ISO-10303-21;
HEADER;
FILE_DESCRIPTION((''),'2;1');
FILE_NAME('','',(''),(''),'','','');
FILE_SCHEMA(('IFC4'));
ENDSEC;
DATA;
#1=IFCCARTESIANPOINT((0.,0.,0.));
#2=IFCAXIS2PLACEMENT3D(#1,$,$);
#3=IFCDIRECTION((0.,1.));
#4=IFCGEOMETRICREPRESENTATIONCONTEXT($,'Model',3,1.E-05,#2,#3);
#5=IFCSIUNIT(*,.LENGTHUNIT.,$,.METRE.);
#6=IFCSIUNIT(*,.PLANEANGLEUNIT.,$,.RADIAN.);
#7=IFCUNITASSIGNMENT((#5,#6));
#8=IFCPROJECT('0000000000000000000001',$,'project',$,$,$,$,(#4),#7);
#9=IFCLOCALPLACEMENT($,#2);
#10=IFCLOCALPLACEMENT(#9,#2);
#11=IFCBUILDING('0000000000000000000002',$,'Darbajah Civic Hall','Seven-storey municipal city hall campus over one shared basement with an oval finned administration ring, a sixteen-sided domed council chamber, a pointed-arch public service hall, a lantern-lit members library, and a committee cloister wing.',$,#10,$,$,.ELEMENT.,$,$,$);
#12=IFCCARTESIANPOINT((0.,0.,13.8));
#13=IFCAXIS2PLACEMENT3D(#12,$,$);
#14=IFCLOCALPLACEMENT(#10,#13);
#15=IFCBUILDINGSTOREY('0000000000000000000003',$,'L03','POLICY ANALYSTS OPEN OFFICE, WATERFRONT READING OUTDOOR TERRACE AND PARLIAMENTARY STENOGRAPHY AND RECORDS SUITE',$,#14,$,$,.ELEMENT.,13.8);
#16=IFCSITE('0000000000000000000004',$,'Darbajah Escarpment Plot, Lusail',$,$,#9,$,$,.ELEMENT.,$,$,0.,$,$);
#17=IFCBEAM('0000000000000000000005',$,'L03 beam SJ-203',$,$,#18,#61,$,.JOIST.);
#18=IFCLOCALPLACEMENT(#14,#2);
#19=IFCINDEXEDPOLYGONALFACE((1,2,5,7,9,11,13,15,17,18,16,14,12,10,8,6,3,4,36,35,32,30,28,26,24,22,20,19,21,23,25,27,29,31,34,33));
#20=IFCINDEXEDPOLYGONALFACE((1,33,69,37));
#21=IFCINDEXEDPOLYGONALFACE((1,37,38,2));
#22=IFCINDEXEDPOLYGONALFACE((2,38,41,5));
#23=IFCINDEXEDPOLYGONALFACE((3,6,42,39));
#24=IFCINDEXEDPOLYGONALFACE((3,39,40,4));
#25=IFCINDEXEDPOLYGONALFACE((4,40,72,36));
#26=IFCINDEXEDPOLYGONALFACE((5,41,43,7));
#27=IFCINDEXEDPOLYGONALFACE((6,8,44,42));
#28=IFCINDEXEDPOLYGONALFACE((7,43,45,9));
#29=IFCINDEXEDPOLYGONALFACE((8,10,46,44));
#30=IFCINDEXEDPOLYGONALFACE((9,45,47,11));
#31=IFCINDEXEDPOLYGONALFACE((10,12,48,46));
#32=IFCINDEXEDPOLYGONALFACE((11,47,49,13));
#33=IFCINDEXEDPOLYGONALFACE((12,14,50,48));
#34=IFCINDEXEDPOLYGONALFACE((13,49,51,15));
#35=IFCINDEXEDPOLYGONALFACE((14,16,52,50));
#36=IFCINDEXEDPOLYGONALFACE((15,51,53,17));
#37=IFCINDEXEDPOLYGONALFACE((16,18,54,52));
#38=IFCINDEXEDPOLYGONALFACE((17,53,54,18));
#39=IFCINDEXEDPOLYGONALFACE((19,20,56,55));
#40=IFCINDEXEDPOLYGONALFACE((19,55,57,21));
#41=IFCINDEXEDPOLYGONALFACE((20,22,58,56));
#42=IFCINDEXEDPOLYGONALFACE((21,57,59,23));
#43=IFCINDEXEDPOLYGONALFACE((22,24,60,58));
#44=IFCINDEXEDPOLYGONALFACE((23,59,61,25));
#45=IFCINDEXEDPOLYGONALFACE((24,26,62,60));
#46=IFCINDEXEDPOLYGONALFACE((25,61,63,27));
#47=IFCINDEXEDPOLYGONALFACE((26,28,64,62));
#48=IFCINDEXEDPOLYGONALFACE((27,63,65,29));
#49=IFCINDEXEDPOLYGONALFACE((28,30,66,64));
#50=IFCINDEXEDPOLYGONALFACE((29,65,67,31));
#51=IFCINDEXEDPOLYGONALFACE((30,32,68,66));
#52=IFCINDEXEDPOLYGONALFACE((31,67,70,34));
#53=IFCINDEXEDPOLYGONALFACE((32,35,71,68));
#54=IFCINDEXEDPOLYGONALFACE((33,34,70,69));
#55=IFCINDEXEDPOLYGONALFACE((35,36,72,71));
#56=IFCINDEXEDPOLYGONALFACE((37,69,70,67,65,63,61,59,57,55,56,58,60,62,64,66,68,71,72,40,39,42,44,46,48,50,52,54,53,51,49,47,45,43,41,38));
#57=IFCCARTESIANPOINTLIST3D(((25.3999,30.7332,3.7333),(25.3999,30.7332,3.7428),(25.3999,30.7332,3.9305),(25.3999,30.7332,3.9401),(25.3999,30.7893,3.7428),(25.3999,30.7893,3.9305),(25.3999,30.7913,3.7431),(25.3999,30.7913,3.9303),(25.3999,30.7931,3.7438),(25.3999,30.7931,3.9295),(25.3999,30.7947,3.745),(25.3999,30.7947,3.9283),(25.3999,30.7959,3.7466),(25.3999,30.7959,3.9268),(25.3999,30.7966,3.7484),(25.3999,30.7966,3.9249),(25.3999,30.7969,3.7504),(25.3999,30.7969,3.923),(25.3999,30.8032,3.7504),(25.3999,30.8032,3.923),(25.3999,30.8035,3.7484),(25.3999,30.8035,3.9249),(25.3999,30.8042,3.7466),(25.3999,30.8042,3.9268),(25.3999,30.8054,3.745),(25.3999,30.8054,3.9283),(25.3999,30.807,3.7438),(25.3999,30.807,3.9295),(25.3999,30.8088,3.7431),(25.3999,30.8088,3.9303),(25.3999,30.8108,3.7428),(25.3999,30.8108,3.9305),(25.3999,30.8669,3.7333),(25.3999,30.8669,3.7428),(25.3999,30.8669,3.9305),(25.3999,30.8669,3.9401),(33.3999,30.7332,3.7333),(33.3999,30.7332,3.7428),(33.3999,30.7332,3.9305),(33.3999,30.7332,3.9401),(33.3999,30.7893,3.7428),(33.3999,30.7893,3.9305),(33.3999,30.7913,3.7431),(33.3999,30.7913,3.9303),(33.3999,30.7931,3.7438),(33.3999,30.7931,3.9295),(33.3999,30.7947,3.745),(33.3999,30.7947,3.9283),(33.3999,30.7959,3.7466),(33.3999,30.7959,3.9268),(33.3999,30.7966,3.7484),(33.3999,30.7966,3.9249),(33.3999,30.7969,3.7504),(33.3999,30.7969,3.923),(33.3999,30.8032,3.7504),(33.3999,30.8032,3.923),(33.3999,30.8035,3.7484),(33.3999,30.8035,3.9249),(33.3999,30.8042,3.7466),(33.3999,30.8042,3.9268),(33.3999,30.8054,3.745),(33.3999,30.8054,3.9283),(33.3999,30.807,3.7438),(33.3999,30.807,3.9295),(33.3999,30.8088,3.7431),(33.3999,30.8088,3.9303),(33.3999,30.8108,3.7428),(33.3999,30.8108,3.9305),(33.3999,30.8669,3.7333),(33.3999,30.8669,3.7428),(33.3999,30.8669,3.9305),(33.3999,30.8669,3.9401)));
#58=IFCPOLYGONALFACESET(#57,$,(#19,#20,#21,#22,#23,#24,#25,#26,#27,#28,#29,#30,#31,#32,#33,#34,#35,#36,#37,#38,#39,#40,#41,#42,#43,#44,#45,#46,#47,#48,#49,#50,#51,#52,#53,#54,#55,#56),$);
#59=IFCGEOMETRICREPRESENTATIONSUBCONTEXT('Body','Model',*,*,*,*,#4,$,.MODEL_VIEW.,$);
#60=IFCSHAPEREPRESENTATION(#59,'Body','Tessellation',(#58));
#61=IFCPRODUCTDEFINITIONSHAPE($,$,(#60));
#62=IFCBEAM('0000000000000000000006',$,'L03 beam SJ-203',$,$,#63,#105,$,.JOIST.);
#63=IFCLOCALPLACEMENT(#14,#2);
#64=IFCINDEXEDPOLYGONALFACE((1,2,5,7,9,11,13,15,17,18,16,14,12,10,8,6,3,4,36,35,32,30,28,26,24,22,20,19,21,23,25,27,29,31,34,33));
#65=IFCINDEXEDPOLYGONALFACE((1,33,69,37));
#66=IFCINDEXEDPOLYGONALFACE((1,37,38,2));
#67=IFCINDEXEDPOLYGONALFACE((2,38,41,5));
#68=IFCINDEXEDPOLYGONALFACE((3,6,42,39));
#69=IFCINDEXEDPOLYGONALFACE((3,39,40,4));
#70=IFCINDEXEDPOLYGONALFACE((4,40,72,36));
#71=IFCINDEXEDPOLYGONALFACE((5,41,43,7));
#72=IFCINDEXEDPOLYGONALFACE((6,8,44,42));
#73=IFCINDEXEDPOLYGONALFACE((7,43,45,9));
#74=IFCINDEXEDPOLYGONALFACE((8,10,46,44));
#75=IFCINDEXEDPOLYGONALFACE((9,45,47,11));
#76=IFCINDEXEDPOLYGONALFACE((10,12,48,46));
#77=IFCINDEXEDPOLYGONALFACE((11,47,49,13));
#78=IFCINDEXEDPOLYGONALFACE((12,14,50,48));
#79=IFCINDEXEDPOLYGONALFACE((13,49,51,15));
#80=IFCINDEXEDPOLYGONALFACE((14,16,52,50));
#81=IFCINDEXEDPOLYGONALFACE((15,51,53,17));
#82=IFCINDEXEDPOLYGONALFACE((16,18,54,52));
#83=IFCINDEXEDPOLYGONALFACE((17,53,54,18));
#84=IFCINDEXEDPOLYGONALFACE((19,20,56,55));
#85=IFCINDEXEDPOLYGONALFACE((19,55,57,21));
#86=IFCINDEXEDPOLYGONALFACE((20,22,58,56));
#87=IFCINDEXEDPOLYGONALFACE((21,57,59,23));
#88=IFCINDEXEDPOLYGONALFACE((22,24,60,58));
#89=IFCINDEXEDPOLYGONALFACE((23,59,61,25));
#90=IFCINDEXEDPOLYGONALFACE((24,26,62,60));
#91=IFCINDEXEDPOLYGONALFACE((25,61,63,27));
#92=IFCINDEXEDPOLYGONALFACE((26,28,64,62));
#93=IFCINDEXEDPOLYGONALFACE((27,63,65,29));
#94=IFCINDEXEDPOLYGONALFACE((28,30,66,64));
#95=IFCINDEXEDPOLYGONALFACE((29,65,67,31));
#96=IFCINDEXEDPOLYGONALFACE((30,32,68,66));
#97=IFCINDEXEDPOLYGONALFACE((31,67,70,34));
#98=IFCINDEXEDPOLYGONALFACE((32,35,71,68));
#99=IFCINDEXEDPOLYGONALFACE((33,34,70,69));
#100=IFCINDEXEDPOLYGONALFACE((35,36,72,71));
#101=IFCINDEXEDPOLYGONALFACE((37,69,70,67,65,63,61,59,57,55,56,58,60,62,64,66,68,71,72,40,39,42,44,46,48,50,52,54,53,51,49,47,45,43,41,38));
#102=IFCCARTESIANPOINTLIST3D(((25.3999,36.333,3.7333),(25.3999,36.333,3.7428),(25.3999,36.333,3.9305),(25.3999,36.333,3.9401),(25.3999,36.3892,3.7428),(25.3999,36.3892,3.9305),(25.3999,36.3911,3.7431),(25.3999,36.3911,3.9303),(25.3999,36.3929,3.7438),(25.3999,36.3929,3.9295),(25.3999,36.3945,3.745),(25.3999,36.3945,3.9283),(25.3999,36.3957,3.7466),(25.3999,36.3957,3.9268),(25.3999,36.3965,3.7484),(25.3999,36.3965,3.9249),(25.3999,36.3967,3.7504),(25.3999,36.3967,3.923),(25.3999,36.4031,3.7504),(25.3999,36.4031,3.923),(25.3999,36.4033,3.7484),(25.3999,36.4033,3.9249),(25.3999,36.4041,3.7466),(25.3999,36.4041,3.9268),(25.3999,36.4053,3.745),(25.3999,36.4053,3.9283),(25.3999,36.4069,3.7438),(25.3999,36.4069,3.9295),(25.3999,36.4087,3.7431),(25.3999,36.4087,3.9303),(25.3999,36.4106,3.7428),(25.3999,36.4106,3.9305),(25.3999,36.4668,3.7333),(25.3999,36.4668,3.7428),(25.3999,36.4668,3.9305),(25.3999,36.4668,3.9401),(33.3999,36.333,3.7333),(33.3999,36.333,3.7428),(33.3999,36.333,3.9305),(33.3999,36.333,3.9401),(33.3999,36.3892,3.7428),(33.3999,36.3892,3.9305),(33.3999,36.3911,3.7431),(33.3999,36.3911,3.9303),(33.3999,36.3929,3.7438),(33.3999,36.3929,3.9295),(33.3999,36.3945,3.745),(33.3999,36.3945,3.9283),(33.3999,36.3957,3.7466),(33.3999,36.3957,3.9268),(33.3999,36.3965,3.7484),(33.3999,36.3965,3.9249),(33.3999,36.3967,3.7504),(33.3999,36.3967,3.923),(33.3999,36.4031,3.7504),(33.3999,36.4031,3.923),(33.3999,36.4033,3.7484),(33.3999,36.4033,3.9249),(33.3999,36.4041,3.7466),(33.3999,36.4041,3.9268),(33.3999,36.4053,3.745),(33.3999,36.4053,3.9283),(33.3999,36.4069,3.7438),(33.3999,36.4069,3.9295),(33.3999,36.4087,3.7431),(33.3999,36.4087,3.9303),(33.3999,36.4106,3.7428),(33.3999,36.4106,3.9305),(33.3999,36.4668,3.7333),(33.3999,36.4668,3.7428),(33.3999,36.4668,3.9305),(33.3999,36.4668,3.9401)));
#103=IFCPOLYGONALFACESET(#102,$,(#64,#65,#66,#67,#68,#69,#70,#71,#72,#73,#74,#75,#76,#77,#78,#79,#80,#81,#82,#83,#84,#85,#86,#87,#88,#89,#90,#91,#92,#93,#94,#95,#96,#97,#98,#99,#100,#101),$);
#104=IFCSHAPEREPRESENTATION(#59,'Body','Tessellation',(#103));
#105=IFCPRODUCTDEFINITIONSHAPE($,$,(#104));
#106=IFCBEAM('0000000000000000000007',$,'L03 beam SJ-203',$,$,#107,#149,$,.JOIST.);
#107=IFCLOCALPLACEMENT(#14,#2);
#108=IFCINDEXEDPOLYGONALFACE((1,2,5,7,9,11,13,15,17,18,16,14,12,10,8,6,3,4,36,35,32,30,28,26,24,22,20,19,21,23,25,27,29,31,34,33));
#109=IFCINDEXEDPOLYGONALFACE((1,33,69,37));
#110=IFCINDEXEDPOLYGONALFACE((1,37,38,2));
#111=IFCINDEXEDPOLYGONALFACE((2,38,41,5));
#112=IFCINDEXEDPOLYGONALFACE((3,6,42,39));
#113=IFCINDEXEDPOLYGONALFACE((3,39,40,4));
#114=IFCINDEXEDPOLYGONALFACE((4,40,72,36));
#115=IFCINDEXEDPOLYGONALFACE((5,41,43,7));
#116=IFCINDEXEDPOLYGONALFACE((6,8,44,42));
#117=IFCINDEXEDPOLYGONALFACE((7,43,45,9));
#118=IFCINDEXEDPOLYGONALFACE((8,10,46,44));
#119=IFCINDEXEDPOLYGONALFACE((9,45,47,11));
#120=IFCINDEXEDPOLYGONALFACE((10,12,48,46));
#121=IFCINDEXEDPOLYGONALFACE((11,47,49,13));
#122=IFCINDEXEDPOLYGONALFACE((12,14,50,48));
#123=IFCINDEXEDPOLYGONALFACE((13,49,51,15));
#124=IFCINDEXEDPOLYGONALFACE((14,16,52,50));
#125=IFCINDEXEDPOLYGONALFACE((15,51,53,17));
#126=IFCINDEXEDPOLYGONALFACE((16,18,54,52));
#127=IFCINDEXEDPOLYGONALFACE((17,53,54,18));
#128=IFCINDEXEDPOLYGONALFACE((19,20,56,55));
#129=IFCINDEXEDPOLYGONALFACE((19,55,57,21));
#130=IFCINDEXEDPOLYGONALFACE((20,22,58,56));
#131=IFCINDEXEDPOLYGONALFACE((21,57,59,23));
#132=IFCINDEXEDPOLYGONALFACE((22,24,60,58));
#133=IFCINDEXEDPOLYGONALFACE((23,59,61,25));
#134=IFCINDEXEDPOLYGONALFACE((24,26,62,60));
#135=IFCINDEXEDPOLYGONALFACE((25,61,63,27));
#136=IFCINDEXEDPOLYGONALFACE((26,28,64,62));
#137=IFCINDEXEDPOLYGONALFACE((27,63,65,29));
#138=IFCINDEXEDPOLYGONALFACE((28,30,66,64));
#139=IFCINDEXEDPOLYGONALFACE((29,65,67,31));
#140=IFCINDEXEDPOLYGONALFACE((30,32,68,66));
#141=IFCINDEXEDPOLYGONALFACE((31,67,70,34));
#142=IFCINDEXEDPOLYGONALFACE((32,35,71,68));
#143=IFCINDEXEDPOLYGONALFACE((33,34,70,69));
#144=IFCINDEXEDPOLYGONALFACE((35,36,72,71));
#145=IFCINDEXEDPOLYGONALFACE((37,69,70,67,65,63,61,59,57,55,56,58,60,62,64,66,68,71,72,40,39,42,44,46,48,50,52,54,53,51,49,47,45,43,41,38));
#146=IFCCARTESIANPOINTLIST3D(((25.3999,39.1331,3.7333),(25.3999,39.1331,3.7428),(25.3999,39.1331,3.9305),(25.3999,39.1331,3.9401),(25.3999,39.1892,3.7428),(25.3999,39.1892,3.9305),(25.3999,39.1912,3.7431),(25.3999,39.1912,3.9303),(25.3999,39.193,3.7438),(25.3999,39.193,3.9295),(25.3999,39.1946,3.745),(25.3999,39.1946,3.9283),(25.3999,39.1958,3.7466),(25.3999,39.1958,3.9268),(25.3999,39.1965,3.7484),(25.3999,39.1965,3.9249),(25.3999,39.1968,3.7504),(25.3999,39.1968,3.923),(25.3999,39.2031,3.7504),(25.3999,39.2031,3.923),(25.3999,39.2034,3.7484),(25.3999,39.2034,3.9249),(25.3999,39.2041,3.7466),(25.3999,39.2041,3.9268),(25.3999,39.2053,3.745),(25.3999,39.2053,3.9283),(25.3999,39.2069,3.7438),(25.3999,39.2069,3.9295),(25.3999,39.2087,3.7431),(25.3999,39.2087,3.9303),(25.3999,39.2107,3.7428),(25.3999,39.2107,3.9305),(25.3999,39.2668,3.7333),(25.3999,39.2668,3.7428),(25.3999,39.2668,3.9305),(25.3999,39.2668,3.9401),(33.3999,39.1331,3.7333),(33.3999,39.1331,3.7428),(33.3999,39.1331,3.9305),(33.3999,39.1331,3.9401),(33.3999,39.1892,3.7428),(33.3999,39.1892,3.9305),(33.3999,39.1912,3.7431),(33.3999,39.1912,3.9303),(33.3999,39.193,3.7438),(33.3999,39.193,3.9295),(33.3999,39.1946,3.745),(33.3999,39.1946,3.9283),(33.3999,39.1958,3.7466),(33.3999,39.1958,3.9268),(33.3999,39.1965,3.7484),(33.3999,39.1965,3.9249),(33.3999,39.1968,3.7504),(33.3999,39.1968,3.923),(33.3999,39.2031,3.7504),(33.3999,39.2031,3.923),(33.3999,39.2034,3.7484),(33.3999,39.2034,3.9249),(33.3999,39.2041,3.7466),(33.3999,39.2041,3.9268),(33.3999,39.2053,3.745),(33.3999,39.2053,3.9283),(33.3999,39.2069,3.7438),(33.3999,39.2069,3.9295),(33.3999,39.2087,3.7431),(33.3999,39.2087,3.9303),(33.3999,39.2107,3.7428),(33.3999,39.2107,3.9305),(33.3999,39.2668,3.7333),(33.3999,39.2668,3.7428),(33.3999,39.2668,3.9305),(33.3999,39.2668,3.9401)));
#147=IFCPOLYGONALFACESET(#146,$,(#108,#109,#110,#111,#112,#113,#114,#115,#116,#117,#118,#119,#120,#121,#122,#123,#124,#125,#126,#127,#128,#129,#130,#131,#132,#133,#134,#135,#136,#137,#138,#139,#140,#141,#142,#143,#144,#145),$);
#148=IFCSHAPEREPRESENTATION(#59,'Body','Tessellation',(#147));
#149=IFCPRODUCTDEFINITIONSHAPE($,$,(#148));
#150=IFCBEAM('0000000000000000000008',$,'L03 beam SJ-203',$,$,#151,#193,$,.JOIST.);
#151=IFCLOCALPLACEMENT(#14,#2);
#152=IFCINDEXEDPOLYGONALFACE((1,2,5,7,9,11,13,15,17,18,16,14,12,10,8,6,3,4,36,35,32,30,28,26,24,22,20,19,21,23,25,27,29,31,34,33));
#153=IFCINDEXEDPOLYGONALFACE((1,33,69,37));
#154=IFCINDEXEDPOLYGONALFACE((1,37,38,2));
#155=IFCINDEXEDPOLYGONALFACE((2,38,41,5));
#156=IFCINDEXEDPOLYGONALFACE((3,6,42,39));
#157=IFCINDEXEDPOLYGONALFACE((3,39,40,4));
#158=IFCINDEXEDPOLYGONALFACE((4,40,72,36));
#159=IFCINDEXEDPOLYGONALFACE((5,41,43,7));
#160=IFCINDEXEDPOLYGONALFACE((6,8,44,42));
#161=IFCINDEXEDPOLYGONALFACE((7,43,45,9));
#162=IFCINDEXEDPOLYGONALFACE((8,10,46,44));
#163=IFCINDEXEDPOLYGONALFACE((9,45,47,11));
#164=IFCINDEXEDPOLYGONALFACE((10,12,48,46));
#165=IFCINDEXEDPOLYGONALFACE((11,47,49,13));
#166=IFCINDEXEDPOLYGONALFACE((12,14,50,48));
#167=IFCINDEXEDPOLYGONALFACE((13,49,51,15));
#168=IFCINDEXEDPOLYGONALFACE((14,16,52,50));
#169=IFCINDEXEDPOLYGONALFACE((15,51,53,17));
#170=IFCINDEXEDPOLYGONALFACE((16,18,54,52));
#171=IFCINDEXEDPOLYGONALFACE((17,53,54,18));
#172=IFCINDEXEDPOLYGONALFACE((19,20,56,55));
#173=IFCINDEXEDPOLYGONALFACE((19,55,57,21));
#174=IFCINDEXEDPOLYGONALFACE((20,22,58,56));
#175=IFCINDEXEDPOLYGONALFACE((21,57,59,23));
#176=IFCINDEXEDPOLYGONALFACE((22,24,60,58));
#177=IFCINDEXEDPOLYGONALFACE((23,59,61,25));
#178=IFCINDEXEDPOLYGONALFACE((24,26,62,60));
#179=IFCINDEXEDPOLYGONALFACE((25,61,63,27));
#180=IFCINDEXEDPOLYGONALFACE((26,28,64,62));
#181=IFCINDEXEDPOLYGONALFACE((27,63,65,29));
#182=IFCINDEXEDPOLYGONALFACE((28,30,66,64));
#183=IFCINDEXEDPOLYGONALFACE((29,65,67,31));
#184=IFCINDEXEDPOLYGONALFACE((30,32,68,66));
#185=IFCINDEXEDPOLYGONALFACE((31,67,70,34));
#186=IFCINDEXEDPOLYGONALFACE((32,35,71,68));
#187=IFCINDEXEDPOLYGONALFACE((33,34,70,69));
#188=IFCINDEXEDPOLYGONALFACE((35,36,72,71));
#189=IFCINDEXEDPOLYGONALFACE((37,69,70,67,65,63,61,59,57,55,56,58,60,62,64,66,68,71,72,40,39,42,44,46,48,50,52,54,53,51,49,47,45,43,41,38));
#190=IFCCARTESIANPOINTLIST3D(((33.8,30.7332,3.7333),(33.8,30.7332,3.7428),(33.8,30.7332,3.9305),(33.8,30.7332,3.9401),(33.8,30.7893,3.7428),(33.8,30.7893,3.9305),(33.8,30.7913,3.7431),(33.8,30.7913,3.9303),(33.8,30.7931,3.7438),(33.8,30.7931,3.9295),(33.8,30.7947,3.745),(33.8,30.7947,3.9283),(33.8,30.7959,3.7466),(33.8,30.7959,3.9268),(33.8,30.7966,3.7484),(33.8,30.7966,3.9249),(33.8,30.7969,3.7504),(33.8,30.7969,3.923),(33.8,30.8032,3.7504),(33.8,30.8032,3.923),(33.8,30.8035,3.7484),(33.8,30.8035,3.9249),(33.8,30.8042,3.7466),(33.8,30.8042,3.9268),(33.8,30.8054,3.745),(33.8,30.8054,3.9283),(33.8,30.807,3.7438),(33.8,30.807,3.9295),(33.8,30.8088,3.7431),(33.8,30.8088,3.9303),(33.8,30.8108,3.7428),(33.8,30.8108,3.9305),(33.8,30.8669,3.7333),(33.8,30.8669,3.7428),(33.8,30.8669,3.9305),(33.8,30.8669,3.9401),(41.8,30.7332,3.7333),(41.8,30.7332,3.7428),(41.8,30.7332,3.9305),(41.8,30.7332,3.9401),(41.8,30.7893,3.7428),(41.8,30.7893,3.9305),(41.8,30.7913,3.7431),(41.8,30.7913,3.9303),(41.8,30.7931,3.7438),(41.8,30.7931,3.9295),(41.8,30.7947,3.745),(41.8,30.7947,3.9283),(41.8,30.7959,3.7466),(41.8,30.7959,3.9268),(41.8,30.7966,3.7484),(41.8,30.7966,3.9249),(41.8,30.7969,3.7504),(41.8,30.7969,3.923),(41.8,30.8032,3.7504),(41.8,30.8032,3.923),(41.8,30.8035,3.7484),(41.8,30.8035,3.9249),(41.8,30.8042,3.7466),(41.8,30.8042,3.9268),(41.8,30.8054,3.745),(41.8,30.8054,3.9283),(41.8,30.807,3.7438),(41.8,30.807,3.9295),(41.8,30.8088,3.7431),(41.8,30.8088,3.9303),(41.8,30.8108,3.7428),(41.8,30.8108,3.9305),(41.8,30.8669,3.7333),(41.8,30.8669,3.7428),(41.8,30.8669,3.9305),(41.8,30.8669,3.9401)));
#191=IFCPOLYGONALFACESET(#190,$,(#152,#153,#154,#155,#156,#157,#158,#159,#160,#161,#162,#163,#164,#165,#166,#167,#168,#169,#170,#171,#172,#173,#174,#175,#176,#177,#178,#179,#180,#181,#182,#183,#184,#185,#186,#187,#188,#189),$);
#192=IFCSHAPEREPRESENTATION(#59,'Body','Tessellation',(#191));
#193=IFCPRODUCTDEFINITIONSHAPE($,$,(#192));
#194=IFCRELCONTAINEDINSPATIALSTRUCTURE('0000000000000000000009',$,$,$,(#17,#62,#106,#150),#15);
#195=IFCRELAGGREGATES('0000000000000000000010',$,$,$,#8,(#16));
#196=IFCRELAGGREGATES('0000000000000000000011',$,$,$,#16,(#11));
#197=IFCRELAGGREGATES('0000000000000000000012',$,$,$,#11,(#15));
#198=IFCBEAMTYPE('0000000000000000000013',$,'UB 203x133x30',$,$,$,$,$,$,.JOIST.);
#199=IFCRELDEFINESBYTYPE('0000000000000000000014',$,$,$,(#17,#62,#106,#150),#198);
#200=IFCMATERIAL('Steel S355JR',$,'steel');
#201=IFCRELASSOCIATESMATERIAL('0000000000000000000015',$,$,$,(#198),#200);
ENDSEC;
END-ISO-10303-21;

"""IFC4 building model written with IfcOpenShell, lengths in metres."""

from ifc_helpers import new_model, si_unit, direction, frame, origin, origin_2d, place, context, subcontext, project, spatial, i_section, extrude, material, material_profile, profile_set, type_object, element, save


model = new_model("IFC4")

# Units and contexts
model_context = context("Model", 3, precision=1e-05, world=origin(), true_north=direction((0.0, 1.0)))
body_context = subcontext(model_context, "Body", "Model", "MODEL_VIEW")
ifc_project = project(units=[si_unit("LENGTHUNIT", "METRE"), si_unit("PLANEANGLEUNIT", "RADIAN")], contexts=[model_context])

# Site, building, storey
site_placement = place(None, origin())
site = spatial("IfcSite", under=ifc_project, at=site_placement, Name="Darbajah Escarpment Plot, Lusail", CompositionType="ELEMENT", RefElevation=0.0)
building_placement = place(site_placement, origin())
building = spatial("IfcBuilding", under=site, at=building_placement, Name="Darbajah Civic Hall", Description="Seven-storey municipal city hall campus over one shared basement with an oval finned administration ring, a sixteen-sided domed council chamber, a pointed-arch public service hall, a lantern-lit members library, and a committee cloister wing.", CompositionType="ELEMENT")
storey_placement = place(building_placement, frame((0.0, 0.0, 13.8)))
storey = spatial("IfcBuildingStorey", under=building, at=storey_placement, Name="L03", Description="POLICY ANALYSTS OPEN OFFICE, WATERFRONT READING OUTDOOR TERRACE AND PARLIAMENTARY STENOGRAPHY AND RECORDS SUITE", CompositionType="ELEMENT", Elevation=13.8)

# Beams
ifc_material_1 = material(Name="Steel S355JR", Category="steel")
ifc_material_profile_1 = material_profile(ifc_material_1, i_section(OverallWidth=0.1338, OverallDepth=0.2068, WebThickness=0.0063, FlangeThickness=0.0095, FilletRadius=0.0076, at=origin_2d()), Name="UB 203x133x30")
ifc_profile_set_1 = profile_set([ifc_material_profile_1], Name="Steel S355JR")
beam_type_1 = type_object("IfcBeamType", Name="UB 203x133x30", PredefinedType="JOIST", material=ifc_profile_set_1)
for number, where, z_axis, x_axis, name in (
    (1, (25.3999, 30.8, 3.8367), (1.0, 0.0, 0.0), (0.0, 1.0, 0.0), "L03 beam SJ-203"),
    (2, (25.3999, 36.3999, 3.8367), (1.0, 0.0, 0.0), (0.0, 1.0, 0.0), "L03 beam SJ-203"),
    (3, (25.3999, 39.2, 3.8367), (1.0, 0.0, 0.0), (0.0, 1.0, 0.0), "L03 beam SJ-203"),
    (4, (33.8, 30.8, 3.8367), (1.0, 0.0, 0.0), (0.0, 1.0, 0.0), "L03 beam SJ-203"),
):
    element("IfcBeam", number, at=place(storey_placement, frame(where, z_axis=z_axis, x_axis=x_axis)), inside=storey, type_object=beam_type_1, Name=name, PredefinedType="JOIST", context=body_context, shape_type="SweptSolid", body=[
        extrude(i_section(OverallWidth=0.1338, OverallDepth=0.2068, WebThickness=0.0063, FlangeThickness=0.0095, FilletRadius=0.0076, at=origin_2d()), origin(), (0.0, 0.0, 1.0), 8.0),
    ])

save(model, "model.ifc")
